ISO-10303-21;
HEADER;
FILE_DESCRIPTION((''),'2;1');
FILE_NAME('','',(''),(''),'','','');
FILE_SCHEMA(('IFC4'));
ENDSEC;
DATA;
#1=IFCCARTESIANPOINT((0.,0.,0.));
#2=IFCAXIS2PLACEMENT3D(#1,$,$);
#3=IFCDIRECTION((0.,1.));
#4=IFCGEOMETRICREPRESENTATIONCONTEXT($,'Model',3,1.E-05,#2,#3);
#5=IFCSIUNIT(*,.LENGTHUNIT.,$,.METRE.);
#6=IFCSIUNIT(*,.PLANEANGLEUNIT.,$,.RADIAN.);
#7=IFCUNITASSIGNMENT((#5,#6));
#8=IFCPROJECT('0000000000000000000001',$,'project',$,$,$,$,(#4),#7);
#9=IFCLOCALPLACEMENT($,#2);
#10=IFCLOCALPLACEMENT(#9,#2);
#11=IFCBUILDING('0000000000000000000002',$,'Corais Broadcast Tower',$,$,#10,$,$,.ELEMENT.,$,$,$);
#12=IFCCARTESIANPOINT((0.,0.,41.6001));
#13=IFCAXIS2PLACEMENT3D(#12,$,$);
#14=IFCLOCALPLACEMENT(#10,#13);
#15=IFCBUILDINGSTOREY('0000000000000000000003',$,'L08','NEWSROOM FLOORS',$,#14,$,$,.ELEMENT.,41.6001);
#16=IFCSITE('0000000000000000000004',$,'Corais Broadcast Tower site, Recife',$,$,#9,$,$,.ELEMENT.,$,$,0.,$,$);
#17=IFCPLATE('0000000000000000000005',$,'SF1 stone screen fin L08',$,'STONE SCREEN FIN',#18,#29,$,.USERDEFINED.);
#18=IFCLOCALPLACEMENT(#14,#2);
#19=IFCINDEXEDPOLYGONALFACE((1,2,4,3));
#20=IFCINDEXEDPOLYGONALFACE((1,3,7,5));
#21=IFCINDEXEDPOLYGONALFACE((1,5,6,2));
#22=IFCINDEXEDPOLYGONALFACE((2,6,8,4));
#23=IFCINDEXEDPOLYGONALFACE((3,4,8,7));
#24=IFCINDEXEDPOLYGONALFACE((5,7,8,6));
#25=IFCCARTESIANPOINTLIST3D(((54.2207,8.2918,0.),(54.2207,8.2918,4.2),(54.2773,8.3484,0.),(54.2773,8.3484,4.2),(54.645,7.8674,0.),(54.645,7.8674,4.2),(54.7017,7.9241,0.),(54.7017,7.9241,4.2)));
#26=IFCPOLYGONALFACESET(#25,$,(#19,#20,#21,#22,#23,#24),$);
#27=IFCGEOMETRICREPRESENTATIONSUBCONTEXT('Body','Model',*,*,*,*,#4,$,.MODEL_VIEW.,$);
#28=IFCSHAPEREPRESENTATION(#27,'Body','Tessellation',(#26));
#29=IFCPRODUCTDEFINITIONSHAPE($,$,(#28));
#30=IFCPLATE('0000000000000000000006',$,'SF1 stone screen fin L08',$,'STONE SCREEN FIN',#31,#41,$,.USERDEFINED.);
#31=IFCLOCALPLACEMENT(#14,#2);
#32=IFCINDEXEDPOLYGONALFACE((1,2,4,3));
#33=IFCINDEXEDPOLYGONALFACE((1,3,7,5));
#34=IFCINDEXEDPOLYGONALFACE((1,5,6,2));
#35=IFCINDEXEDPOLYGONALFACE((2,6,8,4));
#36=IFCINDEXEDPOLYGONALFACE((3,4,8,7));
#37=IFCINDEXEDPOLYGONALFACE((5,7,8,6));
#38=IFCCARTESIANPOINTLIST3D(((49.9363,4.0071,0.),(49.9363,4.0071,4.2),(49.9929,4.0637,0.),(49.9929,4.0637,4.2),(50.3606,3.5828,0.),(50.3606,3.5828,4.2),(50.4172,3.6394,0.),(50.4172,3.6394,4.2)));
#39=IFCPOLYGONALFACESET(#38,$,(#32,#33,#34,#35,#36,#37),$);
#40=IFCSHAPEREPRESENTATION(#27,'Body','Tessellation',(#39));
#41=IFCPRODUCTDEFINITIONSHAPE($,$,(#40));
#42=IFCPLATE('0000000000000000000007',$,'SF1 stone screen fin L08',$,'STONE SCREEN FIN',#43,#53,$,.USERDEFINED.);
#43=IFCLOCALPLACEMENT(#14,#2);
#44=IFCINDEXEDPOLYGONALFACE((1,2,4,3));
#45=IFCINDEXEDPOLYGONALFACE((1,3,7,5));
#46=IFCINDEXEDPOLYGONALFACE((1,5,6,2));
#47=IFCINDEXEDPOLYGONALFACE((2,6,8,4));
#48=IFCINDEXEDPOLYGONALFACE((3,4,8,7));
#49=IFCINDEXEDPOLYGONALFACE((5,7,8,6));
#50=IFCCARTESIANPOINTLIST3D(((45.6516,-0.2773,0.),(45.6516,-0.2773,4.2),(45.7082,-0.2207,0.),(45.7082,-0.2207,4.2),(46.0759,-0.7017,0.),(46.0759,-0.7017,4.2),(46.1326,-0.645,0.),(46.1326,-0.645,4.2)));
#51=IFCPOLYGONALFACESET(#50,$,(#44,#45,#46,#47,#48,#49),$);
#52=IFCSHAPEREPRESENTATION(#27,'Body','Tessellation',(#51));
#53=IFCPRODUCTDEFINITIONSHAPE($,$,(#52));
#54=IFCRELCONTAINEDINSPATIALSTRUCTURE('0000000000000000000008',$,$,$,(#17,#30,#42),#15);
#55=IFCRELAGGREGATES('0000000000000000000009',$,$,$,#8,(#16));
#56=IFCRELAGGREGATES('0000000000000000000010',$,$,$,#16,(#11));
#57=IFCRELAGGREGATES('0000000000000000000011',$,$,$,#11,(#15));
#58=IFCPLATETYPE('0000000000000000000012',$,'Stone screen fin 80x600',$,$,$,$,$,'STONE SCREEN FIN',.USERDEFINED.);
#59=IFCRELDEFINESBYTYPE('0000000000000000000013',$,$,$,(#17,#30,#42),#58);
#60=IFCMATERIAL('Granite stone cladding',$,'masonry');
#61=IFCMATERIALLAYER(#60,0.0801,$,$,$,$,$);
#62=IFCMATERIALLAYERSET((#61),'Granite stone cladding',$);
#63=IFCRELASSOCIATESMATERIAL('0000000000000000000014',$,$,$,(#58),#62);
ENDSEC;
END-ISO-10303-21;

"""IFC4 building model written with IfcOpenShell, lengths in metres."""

from ifc_helpers import new_model, si_unit, direction, frame, origin, origin_2d, place, context, subcontext, project, spatial, rectangle, extrude, material, layer, layer_set, type_object, element, save


model = new_model("IFC4")

# Units and contexts
model_context = context("Model", 3, precision=1e-05, world=origin(), true_north=direction((0.0, 1.0)))
body_context = subcontext(model_context, "Body", "Model", "MODEL_VIEW")
ifc_project = project(units=[si_unit("LENGTHUNIT", "METRE"), si_unit("PLANEANGLEUNIT", "RADIAN")], contexts=[model_context])

# Site, building, storey
site_placement = place(None, origin())
site = spatial("IfcSite", under=ifc_project, at=site_placement, Name="Corais Broadcast Tower site, Recife", CompositionType="ELEMENT", RefElevation=0.0)
building_placement = place(site_placement, origin())
building = spatial("IfcBuilding", under=site, at=building_placement, Name="Corais Broadcast Tower", CompositionType="ELEMENT")
storey_placement = place(building_placement, frame((0.0, 0.0, 41.6001)))
storey = spatial("IfcBuildingStorey", under=building, at=storey_placement, Name="L08", Description="NEWSROOM FLOORS", CompositionType="ELEMENT", Elevation=41.6001)

# Plates
ifc_material_1 = material(Name="Granite stone cladding", Category="masonry")
ifc_layer_1 = layer(ifc_material_1, 0.0801)
ifc_layer_set_1 = layer_set([ifc_layer_1], Name="Granite stone cladding")
plate_type_1 = type_object("IfcPlateType", Name="Stone screen fin 80x600", ElementType="STONE SCREEN FIN", PredefinedType="USERDEFINED", material=ifc_layer_set_1)
for number, where, z_axis, x_axis, name in (
    (1, (54.4612, 8.1079, 0.0), (0.0, 0.0, 1.0), (-0.707107, -0.707107, 0.0), "SF1 stone screen fin L08"),
    (2, (50.1768, 3.8232, 0.0), (0.0, 0.0, 1.0), (-0.707107, -0.707107, 0.0), "SF1 stone screen fin L08"),
    (3, (45.8921, -0.4612, 0.0), (0.0, 0.0, 1.0), (-0.707107, -0.707107, 0.0), "SF1 stone screen fin L08"),
):
    element("IfcPlate", number, at=place(storey_placement, frame(where, z_axis=z_axis, x_axis=x_axis)), inside=storey, type_object=plate_type_1, Name=name, ObjectType="STONE SCREEN FIN", PredefinedType="USERDEFINED", context=body_context, shape_type="SweptSolid", body=[
        extrude(rectangle(XDim=0.0801, YDim=0.6001, at=origin_2d()), origin(), (0.0, 0.0, 1.0), 4.2),
    ])

save(model, "model.ifc")
